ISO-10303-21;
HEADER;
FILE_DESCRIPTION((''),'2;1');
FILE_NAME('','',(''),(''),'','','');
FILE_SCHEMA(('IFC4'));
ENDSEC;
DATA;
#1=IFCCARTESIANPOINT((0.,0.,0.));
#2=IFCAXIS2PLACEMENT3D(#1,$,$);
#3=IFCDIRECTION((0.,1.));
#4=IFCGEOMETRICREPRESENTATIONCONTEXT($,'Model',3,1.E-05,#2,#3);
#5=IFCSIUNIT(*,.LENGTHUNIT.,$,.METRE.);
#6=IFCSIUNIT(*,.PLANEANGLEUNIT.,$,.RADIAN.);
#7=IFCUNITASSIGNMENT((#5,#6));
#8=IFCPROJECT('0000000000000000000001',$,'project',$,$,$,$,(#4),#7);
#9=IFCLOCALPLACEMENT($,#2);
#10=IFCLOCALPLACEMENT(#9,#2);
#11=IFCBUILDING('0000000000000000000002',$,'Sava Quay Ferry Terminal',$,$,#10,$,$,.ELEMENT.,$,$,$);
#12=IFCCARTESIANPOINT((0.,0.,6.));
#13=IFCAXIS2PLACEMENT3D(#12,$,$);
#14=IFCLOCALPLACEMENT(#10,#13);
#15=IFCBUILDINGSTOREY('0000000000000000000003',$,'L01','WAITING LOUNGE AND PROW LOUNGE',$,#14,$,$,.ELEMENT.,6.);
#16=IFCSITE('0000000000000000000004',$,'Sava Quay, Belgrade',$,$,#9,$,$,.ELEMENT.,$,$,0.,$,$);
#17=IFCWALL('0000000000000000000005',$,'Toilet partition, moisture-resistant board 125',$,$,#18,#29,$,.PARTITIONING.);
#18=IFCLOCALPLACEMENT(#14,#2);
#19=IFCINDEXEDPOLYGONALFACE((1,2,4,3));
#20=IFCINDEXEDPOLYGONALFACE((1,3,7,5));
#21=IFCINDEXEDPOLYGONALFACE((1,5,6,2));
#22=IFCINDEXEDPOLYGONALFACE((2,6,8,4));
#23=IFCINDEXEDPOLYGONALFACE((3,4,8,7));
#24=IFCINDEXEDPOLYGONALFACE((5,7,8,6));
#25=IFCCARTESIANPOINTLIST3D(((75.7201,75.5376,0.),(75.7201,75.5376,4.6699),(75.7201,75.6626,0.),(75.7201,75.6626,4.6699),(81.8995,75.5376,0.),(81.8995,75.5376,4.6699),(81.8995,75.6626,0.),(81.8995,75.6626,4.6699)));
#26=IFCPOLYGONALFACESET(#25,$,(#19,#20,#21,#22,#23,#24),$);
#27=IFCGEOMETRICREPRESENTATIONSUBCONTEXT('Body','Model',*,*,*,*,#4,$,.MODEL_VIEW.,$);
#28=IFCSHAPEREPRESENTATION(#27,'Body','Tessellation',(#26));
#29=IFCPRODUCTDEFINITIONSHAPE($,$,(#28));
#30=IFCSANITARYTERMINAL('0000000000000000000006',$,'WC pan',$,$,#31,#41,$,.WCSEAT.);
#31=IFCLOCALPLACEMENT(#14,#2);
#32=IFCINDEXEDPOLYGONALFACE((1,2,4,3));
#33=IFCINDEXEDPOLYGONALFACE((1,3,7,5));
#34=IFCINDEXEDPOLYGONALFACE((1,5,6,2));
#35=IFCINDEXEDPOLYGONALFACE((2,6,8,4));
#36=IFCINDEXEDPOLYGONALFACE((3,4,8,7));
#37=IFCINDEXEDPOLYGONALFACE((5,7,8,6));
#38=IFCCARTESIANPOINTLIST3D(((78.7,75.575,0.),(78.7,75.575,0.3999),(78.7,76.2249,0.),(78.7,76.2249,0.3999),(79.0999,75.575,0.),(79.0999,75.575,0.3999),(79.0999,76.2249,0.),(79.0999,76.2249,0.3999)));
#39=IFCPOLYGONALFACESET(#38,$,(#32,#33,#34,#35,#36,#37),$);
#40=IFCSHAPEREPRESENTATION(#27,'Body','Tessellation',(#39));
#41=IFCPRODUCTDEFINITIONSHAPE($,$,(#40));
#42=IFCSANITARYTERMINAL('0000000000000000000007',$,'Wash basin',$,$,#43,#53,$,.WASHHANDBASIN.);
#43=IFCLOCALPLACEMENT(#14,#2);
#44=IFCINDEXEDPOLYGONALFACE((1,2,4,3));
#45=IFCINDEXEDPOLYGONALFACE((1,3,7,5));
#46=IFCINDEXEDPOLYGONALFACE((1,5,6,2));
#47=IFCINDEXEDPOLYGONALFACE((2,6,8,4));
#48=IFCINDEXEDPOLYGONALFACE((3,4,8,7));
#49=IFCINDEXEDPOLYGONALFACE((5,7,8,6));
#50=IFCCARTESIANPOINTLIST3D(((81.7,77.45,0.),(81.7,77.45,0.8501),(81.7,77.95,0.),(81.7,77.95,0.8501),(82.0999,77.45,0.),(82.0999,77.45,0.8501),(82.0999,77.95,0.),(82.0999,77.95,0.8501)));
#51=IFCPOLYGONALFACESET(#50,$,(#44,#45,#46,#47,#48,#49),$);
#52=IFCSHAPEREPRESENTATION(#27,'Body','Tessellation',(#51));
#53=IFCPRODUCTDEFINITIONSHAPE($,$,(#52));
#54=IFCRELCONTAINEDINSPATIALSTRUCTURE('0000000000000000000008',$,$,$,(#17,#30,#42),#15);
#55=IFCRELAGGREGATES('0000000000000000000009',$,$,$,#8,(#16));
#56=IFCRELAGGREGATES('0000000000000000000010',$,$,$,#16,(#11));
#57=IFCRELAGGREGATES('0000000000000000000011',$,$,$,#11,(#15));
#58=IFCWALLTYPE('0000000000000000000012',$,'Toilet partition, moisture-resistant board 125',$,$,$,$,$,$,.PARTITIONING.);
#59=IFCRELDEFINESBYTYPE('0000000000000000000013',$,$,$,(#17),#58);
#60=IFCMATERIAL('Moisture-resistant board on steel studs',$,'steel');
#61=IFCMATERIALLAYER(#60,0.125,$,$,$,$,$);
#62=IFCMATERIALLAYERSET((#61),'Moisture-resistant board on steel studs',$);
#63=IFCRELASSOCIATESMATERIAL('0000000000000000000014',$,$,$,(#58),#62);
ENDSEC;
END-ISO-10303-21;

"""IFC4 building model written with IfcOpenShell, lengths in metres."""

from ifc_helpers import new_model, si_unit, direction, frame, frame_2d, origin, origin_2d, place, context, subcontext, project, spatial, rectangle, extrude, material, layer, layer_set, type_object, element, save


model = new_model("IFC4")

# Units and contexts
model_context = context("Model", 3, precision=1e-05, world=origin(), true_north=direction((0.0, 1.0)))
body_context = subcontext(model_context, "Body", "Model", "MODEL_VIEW")
ifc_project = project(units=[si_unit("LENGTHUNIT", "METRE"), si_unit("PLANEANGLEUNIT", "RADIAN")], contexts=[model_context])

# Site, building, storey
site_placement = place(None, origin())
site = spatial("IfcSite", under=ifc_project, at=site_placement, Name="Sava Quay, Belgrade", CompositionType="ELEMENT", RefElevation=0.0)
building_placement = place(site_placement, origin())
building = spatial("IfcBuilding", under=site, at=building_placement, Name="Sava Quay Ferry Terminal", CompositionType="ELEMENT")
storey_placement = place(building_placement, frame((0.0, 0.0, 6.0)))
storey = spatial("IfcBuildingStorey", under=building, at=storey_placement, Name="L01", Description="WAITING LOUNGE AND PROW LOUNGE", CompositionType="ELEMENT", Elevation=6.0)

# Wall
ifc_material_1 = material(Name="Moisture-resistant board on steel studs", Category="steel")
ifc_layer_1 = layer(ifc_material_1, 0.125)
ifc_layer_set_1 = layer_set([ifc_layer_1], Name="Moisture-resistant board on steel studs")
wall_type_1 = type_object("IfcWallType", Name="Toilet partition, moisture-resistant board 125", PredefinedType="PARTITIONING", material=ifc_layer_set_1)
wall_1_placement = place(storey_placement, frame((75.72, 75.6001, 0.0), z_axis=(0.0, 0.0, 1.0), x_axis=(1.0, 0.0, 0.0)))
element("IfcWall", 1, at=wall_1_placement, inside=storey, type_object=wall_type_1, Name="Toilet partition, moisture-resistant board 125", PredefinedType="PARTITIONING", context=body_context, shape_type="SweptSolid", body=[
    extrude(rectangle(XDim=6.1794, YDim=0.125, at=frame_2d((3.0898, 0.0))), origin(), (0.0, 0.0, 1.0), 4.6699),
])

# Sanitary terminals
sanitary_terminal_1_placement = place(storey_placement, frame((78.8999, 75.8999, 0.0), z_axis=(0.0, 0.0, 1.0), x_axis=(1.0, 0.0, 0.0)))
element("IfcSanitaryTerminal", 2, at=sanitary_terminal_1_placement, inside=storey, Name="WC pan", PredefinedType="WCSEAT", context=body_context, shape_type="SweptSolid", body=[
    extrude(rectangle(XDim=0.3999, YDim=0.6499, at=origin_2d()), origin(), (0.0, 0.0, 1.0), 0.3999),
])
sanitary_terminal_2_placement = place(storey_placement, frame((81.8999, 77.7, 0.0), z_axis=(0.0, 0.0, 1.0), x_axis=(1.0, 0.0, 0.0)))
element("IfcSanitaryTerminal", 3, at=sanitary_terminal_2_placement, inside=storey, Name="Wash basin", PredefinedType="WASHHANDBASIN", context=body_context, shape_type="SweptSolid", body=[
    extrude(rectangle(XDim=0.3999, YDim=0.5, at=origin_2d()), origin(), (0.0, 0.0, 1.0), 0.8501),
])

save(model, "model.ifc")
